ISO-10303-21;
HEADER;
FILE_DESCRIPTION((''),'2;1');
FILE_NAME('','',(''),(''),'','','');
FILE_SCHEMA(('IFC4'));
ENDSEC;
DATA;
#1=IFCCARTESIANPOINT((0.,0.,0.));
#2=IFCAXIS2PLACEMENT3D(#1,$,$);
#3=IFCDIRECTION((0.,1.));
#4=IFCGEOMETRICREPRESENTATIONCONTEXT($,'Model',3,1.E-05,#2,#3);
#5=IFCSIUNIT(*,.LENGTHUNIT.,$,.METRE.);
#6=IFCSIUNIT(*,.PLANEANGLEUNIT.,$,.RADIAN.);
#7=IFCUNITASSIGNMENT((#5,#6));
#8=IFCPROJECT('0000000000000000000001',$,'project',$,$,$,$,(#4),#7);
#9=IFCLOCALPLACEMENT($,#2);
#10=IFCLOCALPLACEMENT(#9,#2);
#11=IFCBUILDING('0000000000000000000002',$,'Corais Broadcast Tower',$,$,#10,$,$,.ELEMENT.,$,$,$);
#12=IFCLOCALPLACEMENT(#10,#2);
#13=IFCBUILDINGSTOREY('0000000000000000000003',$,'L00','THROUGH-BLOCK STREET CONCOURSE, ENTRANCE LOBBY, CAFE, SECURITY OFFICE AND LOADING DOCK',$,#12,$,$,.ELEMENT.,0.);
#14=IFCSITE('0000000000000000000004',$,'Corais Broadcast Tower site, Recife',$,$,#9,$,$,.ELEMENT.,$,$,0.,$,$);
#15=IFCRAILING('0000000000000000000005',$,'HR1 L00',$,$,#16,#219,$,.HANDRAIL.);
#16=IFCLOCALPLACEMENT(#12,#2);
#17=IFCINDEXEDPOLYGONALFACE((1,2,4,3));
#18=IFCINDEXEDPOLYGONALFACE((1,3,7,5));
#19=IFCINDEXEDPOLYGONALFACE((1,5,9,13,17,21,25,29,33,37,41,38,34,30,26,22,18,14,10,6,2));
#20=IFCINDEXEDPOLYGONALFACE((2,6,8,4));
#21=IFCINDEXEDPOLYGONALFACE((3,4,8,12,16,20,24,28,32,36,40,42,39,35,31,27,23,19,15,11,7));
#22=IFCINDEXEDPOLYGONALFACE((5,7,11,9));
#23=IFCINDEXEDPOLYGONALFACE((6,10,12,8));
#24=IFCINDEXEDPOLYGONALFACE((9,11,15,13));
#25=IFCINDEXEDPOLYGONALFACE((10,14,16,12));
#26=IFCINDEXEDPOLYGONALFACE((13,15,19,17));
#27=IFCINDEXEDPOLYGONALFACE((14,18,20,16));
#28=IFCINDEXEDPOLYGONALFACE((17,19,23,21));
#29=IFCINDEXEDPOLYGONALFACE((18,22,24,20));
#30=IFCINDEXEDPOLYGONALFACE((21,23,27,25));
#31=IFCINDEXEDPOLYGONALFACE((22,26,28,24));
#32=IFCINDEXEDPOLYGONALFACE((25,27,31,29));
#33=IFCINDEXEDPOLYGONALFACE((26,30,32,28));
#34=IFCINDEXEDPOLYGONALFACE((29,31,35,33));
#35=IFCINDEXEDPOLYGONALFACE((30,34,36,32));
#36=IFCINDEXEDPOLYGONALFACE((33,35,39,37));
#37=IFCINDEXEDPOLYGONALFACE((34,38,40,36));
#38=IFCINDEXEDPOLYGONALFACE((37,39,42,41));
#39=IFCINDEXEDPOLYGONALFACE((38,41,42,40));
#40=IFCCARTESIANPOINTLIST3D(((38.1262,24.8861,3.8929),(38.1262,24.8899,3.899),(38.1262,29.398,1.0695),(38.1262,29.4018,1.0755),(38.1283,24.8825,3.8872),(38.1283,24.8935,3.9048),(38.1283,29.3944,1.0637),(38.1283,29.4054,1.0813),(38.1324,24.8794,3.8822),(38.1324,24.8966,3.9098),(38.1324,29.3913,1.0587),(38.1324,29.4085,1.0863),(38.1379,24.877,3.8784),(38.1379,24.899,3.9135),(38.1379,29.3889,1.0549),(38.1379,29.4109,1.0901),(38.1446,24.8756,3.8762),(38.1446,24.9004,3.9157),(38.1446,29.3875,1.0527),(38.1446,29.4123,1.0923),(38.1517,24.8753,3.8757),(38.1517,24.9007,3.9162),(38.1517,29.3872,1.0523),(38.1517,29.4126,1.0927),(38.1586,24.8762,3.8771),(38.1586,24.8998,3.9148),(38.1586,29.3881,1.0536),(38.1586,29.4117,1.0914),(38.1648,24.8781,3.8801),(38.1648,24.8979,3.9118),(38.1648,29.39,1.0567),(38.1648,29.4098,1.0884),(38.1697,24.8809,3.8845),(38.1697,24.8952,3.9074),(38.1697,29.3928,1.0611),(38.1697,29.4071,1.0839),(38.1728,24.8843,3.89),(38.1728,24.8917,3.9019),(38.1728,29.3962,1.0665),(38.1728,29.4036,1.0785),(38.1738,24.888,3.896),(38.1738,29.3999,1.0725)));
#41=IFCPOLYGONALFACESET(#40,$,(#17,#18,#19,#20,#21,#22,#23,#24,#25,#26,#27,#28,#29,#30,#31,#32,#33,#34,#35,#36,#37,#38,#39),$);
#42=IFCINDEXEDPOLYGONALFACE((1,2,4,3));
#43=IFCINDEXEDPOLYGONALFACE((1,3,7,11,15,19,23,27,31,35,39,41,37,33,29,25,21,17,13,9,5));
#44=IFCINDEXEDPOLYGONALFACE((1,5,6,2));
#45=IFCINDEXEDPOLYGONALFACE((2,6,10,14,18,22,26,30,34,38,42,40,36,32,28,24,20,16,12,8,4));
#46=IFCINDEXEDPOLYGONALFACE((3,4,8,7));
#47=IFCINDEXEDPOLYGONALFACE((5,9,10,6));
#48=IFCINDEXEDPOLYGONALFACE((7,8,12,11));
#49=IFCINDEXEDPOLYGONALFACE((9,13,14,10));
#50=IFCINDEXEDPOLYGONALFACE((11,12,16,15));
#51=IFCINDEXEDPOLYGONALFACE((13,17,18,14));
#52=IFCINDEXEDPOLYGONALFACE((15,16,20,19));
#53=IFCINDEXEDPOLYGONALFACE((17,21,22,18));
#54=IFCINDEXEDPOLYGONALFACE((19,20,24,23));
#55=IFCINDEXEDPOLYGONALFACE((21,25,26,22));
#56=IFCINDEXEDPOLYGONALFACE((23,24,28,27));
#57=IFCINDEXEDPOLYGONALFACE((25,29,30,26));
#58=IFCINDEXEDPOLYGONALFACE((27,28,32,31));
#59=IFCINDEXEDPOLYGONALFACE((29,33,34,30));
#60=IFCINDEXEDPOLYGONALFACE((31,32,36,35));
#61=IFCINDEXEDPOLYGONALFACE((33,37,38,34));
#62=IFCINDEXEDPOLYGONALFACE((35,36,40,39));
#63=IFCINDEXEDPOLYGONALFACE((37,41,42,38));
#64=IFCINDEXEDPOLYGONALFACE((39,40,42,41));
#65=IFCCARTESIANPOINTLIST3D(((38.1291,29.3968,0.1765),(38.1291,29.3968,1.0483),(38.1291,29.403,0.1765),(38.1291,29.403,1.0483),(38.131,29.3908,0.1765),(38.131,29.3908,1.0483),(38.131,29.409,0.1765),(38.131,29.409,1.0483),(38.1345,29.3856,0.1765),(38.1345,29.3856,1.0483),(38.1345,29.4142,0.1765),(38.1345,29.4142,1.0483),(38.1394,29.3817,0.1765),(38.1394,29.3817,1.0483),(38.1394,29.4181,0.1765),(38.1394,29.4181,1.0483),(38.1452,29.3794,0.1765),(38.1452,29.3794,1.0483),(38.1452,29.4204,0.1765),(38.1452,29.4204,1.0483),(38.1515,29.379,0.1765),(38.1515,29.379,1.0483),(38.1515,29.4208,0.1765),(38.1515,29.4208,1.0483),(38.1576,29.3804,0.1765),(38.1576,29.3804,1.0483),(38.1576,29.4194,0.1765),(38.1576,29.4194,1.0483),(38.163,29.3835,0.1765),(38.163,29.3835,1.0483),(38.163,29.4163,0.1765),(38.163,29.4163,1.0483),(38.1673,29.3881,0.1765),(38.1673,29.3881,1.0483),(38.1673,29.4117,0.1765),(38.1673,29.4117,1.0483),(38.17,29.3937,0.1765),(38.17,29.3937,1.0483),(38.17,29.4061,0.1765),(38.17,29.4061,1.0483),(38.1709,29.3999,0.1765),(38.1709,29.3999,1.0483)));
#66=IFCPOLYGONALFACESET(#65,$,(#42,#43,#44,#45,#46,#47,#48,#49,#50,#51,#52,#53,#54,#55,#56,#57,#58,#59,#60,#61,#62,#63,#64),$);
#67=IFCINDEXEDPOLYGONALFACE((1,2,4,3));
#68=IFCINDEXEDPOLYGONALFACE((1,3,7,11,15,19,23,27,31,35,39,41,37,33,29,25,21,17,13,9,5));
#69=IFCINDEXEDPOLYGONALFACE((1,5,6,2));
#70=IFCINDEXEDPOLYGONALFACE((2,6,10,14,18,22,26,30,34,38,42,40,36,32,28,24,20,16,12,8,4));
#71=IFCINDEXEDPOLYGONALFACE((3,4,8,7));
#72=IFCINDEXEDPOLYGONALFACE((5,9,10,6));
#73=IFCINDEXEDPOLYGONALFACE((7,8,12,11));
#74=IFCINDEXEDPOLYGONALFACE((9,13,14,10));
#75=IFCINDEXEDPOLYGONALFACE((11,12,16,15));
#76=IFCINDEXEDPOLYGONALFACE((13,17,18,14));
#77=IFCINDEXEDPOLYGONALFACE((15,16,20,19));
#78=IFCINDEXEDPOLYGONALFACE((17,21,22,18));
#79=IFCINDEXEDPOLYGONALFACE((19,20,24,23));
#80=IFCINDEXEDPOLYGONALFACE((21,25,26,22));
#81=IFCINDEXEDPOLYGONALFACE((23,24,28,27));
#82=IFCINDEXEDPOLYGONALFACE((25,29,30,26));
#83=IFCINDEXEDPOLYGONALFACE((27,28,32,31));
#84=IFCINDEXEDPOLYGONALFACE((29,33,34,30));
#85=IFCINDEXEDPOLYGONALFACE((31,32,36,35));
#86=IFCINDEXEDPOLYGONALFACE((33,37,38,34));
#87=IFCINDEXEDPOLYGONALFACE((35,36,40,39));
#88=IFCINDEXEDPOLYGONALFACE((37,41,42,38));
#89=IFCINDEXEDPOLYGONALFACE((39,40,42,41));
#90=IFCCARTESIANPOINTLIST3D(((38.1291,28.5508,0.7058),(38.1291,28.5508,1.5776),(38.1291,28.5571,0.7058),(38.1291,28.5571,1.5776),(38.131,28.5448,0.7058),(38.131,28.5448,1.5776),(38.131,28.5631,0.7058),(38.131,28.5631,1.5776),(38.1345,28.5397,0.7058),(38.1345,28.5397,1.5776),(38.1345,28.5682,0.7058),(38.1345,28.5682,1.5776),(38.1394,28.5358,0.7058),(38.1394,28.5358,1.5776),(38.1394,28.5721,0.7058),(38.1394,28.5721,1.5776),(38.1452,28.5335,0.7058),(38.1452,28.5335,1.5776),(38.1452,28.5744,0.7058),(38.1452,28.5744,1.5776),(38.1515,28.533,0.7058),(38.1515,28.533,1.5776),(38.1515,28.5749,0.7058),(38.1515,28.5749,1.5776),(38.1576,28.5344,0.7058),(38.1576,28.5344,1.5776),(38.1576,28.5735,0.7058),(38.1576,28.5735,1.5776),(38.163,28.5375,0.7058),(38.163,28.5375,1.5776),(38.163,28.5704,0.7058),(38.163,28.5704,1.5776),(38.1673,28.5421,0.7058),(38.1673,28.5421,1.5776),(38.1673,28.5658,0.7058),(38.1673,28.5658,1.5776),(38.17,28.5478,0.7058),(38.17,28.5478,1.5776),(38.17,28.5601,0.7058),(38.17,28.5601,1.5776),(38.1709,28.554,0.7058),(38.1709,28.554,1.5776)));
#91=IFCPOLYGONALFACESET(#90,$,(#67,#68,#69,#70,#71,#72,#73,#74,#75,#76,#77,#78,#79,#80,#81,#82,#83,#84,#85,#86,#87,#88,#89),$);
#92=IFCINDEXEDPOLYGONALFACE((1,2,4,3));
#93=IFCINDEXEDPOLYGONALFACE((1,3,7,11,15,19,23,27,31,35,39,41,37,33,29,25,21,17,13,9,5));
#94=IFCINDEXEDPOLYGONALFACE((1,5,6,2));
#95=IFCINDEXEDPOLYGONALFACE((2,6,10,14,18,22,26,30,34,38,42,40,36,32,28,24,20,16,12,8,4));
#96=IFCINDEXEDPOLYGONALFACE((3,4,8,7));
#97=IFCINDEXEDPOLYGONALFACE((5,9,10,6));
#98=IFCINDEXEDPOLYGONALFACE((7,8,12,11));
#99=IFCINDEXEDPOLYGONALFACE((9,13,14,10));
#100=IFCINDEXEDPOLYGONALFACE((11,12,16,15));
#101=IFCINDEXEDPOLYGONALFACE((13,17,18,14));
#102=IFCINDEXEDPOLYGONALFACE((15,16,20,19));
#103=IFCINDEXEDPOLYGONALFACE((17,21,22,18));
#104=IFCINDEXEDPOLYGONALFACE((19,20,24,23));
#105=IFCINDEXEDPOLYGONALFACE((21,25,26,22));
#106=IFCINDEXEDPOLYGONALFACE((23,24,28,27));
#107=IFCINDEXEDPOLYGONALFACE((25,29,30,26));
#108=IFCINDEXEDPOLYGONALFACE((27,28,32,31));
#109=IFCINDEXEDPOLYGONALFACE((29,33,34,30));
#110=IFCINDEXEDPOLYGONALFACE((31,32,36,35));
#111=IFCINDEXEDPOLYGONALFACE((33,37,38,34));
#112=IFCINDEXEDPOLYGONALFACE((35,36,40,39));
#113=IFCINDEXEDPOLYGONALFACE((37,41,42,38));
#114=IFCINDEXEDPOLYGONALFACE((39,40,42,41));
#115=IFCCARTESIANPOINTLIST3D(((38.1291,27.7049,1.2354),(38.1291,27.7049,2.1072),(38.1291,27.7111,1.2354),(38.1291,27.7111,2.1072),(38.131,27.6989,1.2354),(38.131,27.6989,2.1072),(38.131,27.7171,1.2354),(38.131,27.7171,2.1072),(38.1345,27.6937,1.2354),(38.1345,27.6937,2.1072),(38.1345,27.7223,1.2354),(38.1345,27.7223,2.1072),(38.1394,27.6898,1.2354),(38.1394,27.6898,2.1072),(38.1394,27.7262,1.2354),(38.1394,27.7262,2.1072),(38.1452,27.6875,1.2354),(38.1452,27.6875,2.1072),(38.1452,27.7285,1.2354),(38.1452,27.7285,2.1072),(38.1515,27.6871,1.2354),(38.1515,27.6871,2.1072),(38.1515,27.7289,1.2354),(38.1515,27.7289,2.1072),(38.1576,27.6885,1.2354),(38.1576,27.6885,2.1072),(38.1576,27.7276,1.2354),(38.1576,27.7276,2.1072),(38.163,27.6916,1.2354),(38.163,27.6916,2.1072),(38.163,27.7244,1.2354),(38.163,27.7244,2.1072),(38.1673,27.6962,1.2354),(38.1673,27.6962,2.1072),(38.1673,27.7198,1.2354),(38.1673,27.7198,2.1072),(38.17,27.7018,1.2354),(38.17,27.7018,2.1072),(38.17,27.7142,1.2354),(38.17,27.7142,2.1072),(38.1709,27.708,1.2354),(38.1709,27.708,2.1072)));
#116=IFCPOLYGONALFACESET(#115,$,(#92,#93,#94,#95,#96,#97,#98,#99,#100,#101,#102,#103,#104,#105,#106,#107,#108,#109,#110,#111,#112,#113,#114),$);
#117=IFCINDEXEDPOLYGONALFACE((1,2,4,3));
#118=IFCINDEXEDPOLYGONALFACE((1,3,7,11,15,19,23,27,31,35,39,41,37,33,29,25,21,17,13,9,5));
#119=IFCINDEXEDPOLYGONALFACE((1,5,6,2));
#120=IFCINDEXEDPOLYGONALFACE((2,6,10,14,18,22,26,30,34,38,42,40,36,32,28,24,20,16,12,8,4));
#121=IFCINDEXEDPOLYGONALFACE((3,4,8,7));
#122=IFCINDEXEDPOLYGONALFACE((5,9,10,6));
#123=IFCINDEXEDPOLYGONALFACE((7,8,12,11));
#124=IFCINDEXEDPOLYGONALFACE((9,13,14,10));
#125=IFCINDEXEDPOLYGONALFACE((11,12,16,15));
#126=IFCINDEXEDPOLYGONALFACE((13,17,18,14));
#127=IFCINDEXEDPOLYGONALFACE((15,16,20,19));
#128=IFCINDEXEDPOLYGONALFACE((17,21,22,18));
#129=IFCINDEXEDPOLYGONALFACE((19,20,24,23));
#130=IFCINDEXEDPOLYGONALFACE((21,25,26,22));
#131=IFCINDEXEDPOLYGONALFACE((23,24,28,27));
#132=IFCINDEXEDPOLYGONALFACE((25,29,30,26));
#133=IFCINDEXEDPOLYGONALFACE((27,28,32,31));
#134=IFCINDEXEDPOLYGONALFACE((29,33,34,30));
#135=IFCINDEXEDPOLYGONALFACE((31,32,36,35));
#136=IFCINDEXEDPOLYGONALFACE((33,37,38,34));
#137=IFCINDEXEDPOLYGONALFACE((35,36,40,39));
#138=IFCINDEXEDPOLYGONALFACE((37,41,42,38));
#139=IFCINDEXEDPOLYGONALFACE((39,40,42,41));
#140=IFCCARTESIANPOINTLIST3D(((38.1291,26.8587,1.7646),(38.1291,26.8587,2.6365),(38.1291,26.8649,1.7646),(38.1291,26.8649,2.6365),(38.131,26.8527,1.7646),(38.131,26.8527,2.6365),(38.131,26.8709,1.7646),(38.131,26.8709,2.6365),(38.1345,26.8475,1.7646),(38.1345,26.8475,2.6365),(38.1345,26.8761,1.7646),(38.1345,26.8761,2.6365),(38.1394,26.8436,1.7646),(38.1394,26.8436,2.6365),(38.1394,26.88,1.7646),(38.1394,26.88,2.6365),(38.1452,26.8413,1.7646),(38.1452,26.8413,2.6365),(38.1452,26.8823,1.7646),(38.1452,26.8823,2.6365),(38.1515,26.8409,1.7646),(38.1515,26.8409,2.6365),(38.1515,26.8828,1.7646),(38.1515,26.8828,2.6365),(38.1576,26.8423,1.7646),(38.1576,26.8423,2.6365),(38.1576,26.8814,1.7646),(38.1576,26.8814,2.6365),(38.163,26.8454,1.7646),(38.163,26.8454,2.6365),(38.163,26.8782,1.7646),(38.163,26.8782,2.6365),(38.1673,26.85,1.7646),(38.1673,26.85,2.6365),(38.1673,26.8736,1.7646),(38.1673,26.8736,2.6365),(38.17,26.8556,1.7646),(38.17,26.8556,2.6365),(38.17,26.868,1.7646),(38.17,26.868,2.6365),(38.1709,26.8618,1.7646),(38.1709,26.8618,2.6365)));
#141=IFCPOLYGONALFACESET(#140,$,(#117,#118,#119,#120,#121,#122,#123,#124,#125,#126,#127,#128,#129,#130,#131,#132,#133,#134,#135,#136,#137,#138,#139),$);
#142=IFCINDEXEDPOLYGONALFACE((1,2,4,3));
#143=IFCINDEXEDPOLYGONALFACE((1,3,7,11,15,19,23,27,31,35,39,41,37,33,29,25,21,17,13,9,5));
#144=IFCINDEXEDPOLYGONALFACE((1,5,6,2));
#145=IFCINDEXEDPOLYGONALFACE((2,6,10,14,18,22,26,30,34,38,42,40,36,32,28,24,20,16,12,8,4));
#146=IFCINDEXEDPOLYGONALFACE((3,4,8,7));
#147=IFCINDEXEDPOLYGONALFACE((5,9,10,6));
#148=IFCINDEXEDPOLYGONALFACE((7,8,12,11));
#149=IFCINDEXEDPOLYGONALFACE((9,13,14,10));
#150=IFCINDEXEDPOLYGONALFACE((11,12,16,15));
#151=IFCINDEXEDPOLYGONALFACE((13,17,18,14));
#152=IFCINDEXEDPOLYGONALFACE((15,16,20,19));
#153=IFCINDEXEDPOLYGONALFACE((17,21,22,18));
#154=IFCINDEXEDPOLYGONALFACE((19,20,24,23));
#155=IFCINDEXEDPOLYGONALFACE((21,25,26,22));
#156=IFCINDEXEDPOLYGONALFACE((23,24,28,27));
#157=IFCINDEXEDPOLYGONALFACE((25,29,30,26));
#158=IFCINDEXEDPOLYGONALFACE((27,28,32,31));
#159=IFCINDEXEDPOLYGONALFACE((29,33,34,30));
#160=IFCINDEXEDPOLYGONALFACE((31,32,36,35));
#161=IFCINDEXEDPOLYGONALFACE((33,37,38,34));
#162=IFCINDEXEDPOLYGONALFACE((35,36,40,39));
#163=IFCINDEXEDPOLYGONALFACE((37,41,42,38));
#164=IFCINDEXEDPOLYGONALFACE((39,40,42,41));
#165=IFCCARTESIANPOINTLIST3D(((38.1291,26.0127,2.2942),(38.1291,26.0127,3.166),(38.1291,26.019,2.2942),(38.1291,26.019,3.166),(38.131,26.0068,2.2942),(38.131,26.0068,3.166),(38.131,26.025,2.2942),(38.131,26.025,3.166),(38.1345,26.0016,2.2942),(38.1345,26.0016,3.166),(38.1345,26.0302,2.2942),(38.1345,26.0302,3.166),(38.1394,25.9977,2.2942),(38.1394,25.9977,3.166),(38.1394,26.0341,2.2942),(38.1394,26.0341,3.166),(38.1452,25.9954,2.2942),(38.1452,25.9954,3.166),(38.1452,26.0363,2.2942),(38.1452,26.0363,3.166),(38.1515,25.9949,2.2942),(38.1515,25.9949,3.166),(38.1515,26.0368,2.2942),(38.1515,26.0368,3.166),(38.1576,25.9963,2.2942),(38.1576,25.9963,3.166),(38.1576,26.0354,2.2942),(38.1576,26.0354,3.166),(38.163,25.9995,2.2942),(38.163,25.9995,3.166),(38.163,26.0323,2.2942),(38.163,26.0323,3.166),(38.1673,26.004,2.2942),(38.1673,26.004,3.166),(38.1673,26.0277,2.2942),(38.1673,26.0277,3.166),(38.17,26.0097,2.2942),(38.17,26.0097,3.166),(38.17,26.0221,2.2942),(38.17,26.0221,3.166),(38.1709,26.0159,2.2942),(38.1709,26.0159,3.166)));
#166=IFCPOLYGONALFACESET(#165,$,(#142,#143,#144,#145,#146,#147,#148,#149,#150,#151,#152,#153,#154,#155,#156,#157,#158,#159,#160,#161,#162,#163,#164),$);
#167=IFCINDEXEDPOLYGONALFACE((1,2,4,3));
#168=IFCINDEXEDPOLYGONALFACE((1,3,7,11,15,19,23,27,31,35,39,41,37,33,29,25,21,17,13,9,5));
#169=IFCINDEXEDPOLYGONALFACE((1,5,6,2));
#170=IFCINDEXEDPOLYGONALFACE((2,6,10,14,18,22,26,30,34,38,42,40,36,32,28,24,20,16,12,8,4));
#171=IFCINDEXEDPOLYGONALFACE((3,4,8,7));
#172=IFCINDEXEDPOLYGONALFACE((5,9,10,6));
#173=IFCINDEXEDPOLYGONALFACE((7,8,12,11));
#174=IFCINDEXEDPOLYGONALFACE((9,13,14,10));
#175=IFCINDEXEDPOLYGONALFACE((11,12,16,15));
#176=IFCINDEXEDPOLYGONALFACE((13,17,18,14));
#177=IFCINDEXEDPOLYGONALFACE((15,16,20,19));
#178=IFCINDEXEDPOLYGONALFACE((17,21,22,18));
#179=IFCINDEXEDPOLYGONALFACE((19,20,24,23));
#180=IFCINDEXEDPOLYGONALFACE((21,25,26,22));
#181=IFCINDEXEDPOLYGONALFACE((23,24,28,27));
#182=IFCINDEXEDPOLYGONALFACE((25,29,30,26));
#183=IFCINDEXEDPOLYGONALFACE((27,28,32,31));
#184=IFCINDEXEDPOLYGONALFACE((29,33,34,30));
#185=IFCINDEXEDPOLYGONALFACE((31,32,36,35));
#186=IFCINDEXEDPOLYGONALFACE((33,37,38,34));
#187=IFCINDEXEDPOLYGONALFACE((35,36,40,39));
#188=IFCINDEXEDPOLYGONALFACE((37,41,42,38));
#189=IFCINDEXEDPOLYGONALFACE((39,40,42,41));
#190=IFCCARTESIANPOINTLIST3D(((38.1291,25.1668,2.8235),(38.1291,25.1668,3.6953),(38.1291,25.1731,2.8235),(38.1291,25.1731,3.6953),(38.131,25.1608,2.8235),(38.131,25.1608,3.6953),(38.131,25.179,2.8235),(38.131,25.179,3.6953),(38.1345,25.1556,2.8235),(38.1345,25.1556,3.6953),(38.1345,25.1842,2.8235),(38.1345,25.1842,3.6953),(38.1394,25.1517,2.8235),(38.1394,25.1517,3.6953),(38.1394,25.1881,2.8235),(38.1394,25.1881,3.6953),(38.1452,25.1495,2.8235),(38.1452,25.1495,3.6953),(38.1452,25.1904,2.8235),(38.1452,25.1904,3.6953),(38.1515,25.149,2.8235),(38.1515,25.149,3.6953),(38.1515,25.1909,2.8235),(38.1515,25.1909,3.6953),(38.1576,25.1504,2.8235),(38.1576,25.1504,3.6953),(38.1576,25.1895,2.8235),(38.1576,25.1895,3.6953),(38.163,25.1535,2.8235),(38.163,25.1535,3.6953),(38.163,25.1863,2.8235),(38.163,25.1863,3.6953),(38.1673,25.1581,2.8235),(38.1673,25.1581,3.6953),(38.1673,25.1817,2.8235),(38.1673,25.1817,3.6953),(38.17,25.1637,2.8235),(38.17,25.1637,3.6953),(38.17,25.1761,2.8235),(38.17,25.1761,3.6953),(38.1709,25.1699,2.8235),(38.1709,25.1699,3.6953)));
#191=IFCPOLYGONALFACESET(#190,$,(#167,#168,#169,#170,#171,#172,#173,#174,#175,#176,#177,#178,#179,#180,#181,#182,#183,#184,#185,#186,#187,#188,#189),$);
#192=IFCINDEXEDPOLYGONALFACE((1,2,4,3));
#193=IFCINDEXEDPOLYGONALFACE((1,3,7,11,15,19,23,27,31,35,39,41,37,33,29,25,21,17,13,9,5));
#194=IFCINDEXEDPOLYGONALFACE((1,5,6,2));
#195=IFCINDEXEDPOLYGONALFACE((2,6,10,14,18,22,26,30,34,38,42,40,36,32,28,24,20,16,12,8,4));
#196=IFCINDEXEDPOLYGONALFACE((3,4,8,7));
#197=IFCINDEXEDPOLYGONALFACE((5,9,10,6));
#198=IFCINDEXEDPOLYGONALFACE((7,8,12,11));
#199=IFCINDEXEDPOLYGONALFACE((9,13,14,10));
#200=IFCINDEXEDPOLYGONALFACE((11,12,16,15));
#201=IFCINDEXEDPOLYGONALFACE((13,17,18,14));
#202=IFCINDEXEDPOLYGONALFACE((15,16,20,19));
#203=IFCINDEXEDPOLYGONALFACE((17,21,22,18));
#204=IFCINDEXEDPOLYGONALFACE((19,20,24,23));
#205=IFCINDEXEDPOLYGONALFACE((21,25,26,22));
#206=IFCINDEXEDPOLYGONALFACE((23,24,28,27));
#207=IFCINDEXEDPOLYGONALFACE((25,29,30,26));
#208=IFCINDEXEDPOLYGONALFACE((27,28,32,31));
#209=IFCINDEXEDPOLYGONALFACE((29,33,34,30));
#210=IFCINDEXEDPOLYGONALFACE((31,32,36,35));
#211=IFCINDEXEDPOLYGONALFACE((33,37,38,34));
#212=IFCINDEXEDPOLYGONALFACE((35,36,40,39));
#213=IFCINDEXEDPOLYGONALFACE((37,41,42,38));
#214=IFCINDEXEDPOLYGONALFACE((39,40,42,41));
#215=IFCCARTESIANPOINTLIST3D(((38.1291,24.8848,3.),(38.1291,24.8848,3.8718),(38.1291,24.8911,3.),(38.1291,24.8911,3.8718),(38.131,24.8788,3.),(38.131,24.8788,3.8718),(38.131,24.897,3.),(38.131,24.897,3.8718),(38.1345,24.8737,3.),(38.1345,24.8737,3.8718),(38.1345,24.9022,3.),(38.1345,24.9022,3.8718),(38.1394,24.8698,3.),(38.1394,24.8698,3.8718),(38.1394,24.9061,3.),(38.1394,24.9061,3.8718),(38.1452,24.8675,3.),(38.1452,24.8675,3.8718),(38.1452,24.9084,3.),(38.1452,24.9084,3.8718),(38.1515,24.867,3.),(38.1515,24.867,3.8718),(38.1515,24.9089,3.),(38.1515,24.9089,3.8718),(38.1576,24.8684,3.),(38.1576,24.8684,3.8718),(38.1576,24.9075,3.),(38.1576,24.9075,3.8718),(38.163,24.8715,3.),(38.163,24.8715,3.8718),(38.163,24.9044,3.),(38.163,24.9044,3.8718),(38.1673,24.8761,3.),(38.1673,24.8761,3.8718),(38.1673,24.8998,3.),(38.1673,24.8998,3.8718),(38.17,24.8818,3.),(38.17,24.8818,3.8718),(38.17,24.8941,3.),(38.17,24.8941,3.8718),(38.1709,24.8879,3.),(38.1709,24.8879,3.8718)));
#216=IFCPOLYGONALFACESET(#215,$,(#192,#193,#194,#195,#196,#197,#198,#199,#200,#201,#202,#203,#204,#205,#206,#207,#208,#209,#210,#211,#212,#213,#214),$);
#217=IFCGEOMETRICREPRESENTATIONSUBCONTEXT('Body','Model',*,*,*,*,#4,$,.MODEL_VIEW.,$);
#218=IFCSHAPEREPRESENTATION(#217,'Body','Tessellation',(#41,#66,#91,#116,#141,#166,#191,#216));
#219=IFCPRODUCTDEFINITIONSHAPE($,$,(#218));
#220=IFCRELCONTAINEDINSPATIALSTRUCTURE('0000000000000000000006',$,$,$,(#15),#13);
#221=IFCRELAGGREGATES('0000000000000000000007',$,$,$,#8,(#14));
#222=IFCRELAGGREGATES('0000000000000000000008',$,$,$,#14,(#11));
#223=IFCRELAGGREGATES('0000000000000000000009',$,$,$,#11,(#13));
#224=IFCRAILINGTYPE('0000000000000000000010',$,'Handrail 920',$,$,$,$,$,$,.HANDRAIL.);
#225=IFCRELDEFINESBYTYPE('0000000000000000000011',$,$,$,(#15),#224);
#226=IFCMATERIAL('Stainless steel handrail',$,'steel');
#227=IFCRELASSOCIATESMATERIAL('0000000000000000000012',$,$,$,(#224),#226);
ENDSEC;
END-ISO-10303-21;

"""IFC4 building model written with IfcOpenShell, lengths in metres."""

from ifc_helpers import new_model, si_unit, direction, frame, origin, origin_2d, place, context, subcontext, project, spatial, circle, extrude, material, type_object, element, save


model = new_model("IFC4")

# Units and contexts
model_context = context("Model", 3, precision=1e-05, world=origin(), true_north=direction((0.0, 1.0)))
body_context = subcontext(model_context, "Body", "Model", "MODEL_VIEW")
ifc_project = project(units=[si_unit("LENGTHUNIT", "METRE"), si_unit("PLANEANGLEUNIT", "RADIAN")], contexts=[model_context])

# Site, building, storey
site_placement = place(None, origin())
site = spatial("IfcSite", under=ifc_project, at=site_placement, Name="Corais Broadcast Tower site, Recife", CompositionType="ELEMENT", RefElevation=0.0)
building_placement = place(site_placement, origin())
building = spatial("IfcBuilding", under=site, at=building_placement, Name="Corais Broadcast Tower", CompositionType="ELEMENT")
storey_placement = place(building_placement, origin())
storey = spatial("IfcBuildingStorey", under=building, at=storey_placement, Name="L00", Description="THROUGH-BLOCK STREET CONCOURSE, ENTRANCE LOBBY, CAFE, SECURITY OFFICE AND LOADING DOCK", CompositionType="ELEMENT", Elevation=0.0)

# Railing
ifc_material_1 = material(Name="Stainless steel handrail", Category="steel")
railing_type = type_object("IfcRailingType", Name="Handrail 920", PredefinedType="HANDRAIL", material=ifc_material_1)
for number, where, name in (
    (1, (38.1499, 29.3999, 0.1765), "HR1 L00"),
):
    element("IfcRailing", number, at=place(storey_placement, frame(where)), inside=storey, type_object=railing_type, Name=name, PredefinedType="HANDRAIL", context=body_context, shape_type="SweptSolid", body=[
        extrude(circle(Radius=0.0239, at=origin_2d()), frame((0.0, 0.0, 0.896), z_axis=(0.0, -0.847702, 0.530473), x_axis=(1.0, 0.0, 0.0)), (0.0, 0.0, 1.0), 5.3225),
        extrude(circle(Radius=0.021, at=origin_2d()), origin(), (0.0, 0.0, 1.0), 0.8718),
        extrude(circle(Radius=0.021, at=origin_2d()), frame((0.0, -0.8459, 0.5293)), (0.0, 0.0, 1.0), 0.8718),
        extrude(circle(Radius=0.021, at=origin_2d()), frame((0.0, -1.6919, 1.0588)), (0.0, 0.0, 1.0), 0.8718),
        extrude(circle(Radius=0.021, at=origin_2d()), frame((0.0, -2.5381, 1.5881)), (0.0, 0.0, 1.0), 0.8718),
        extrude(circle(Radius=0.021, at=origin_2d()), frame((0.0, -3.384, 2.1177)), (0.0, 0.0, 1.0), 0.8718),
        extrude(circle(Radius=0.021, at=origin_2d()), frame((0.0, -4.23, 2.647)), (0.0, 0.0, 1.0), 0.8718),
        extrude(circle(Radius=0.021, at=origin_2d()), frame((0.0, -4.512, 2.8235)), (0.0, 0.0, 1.0), 0.8718),
    ])

save(model, "model.ifc")
